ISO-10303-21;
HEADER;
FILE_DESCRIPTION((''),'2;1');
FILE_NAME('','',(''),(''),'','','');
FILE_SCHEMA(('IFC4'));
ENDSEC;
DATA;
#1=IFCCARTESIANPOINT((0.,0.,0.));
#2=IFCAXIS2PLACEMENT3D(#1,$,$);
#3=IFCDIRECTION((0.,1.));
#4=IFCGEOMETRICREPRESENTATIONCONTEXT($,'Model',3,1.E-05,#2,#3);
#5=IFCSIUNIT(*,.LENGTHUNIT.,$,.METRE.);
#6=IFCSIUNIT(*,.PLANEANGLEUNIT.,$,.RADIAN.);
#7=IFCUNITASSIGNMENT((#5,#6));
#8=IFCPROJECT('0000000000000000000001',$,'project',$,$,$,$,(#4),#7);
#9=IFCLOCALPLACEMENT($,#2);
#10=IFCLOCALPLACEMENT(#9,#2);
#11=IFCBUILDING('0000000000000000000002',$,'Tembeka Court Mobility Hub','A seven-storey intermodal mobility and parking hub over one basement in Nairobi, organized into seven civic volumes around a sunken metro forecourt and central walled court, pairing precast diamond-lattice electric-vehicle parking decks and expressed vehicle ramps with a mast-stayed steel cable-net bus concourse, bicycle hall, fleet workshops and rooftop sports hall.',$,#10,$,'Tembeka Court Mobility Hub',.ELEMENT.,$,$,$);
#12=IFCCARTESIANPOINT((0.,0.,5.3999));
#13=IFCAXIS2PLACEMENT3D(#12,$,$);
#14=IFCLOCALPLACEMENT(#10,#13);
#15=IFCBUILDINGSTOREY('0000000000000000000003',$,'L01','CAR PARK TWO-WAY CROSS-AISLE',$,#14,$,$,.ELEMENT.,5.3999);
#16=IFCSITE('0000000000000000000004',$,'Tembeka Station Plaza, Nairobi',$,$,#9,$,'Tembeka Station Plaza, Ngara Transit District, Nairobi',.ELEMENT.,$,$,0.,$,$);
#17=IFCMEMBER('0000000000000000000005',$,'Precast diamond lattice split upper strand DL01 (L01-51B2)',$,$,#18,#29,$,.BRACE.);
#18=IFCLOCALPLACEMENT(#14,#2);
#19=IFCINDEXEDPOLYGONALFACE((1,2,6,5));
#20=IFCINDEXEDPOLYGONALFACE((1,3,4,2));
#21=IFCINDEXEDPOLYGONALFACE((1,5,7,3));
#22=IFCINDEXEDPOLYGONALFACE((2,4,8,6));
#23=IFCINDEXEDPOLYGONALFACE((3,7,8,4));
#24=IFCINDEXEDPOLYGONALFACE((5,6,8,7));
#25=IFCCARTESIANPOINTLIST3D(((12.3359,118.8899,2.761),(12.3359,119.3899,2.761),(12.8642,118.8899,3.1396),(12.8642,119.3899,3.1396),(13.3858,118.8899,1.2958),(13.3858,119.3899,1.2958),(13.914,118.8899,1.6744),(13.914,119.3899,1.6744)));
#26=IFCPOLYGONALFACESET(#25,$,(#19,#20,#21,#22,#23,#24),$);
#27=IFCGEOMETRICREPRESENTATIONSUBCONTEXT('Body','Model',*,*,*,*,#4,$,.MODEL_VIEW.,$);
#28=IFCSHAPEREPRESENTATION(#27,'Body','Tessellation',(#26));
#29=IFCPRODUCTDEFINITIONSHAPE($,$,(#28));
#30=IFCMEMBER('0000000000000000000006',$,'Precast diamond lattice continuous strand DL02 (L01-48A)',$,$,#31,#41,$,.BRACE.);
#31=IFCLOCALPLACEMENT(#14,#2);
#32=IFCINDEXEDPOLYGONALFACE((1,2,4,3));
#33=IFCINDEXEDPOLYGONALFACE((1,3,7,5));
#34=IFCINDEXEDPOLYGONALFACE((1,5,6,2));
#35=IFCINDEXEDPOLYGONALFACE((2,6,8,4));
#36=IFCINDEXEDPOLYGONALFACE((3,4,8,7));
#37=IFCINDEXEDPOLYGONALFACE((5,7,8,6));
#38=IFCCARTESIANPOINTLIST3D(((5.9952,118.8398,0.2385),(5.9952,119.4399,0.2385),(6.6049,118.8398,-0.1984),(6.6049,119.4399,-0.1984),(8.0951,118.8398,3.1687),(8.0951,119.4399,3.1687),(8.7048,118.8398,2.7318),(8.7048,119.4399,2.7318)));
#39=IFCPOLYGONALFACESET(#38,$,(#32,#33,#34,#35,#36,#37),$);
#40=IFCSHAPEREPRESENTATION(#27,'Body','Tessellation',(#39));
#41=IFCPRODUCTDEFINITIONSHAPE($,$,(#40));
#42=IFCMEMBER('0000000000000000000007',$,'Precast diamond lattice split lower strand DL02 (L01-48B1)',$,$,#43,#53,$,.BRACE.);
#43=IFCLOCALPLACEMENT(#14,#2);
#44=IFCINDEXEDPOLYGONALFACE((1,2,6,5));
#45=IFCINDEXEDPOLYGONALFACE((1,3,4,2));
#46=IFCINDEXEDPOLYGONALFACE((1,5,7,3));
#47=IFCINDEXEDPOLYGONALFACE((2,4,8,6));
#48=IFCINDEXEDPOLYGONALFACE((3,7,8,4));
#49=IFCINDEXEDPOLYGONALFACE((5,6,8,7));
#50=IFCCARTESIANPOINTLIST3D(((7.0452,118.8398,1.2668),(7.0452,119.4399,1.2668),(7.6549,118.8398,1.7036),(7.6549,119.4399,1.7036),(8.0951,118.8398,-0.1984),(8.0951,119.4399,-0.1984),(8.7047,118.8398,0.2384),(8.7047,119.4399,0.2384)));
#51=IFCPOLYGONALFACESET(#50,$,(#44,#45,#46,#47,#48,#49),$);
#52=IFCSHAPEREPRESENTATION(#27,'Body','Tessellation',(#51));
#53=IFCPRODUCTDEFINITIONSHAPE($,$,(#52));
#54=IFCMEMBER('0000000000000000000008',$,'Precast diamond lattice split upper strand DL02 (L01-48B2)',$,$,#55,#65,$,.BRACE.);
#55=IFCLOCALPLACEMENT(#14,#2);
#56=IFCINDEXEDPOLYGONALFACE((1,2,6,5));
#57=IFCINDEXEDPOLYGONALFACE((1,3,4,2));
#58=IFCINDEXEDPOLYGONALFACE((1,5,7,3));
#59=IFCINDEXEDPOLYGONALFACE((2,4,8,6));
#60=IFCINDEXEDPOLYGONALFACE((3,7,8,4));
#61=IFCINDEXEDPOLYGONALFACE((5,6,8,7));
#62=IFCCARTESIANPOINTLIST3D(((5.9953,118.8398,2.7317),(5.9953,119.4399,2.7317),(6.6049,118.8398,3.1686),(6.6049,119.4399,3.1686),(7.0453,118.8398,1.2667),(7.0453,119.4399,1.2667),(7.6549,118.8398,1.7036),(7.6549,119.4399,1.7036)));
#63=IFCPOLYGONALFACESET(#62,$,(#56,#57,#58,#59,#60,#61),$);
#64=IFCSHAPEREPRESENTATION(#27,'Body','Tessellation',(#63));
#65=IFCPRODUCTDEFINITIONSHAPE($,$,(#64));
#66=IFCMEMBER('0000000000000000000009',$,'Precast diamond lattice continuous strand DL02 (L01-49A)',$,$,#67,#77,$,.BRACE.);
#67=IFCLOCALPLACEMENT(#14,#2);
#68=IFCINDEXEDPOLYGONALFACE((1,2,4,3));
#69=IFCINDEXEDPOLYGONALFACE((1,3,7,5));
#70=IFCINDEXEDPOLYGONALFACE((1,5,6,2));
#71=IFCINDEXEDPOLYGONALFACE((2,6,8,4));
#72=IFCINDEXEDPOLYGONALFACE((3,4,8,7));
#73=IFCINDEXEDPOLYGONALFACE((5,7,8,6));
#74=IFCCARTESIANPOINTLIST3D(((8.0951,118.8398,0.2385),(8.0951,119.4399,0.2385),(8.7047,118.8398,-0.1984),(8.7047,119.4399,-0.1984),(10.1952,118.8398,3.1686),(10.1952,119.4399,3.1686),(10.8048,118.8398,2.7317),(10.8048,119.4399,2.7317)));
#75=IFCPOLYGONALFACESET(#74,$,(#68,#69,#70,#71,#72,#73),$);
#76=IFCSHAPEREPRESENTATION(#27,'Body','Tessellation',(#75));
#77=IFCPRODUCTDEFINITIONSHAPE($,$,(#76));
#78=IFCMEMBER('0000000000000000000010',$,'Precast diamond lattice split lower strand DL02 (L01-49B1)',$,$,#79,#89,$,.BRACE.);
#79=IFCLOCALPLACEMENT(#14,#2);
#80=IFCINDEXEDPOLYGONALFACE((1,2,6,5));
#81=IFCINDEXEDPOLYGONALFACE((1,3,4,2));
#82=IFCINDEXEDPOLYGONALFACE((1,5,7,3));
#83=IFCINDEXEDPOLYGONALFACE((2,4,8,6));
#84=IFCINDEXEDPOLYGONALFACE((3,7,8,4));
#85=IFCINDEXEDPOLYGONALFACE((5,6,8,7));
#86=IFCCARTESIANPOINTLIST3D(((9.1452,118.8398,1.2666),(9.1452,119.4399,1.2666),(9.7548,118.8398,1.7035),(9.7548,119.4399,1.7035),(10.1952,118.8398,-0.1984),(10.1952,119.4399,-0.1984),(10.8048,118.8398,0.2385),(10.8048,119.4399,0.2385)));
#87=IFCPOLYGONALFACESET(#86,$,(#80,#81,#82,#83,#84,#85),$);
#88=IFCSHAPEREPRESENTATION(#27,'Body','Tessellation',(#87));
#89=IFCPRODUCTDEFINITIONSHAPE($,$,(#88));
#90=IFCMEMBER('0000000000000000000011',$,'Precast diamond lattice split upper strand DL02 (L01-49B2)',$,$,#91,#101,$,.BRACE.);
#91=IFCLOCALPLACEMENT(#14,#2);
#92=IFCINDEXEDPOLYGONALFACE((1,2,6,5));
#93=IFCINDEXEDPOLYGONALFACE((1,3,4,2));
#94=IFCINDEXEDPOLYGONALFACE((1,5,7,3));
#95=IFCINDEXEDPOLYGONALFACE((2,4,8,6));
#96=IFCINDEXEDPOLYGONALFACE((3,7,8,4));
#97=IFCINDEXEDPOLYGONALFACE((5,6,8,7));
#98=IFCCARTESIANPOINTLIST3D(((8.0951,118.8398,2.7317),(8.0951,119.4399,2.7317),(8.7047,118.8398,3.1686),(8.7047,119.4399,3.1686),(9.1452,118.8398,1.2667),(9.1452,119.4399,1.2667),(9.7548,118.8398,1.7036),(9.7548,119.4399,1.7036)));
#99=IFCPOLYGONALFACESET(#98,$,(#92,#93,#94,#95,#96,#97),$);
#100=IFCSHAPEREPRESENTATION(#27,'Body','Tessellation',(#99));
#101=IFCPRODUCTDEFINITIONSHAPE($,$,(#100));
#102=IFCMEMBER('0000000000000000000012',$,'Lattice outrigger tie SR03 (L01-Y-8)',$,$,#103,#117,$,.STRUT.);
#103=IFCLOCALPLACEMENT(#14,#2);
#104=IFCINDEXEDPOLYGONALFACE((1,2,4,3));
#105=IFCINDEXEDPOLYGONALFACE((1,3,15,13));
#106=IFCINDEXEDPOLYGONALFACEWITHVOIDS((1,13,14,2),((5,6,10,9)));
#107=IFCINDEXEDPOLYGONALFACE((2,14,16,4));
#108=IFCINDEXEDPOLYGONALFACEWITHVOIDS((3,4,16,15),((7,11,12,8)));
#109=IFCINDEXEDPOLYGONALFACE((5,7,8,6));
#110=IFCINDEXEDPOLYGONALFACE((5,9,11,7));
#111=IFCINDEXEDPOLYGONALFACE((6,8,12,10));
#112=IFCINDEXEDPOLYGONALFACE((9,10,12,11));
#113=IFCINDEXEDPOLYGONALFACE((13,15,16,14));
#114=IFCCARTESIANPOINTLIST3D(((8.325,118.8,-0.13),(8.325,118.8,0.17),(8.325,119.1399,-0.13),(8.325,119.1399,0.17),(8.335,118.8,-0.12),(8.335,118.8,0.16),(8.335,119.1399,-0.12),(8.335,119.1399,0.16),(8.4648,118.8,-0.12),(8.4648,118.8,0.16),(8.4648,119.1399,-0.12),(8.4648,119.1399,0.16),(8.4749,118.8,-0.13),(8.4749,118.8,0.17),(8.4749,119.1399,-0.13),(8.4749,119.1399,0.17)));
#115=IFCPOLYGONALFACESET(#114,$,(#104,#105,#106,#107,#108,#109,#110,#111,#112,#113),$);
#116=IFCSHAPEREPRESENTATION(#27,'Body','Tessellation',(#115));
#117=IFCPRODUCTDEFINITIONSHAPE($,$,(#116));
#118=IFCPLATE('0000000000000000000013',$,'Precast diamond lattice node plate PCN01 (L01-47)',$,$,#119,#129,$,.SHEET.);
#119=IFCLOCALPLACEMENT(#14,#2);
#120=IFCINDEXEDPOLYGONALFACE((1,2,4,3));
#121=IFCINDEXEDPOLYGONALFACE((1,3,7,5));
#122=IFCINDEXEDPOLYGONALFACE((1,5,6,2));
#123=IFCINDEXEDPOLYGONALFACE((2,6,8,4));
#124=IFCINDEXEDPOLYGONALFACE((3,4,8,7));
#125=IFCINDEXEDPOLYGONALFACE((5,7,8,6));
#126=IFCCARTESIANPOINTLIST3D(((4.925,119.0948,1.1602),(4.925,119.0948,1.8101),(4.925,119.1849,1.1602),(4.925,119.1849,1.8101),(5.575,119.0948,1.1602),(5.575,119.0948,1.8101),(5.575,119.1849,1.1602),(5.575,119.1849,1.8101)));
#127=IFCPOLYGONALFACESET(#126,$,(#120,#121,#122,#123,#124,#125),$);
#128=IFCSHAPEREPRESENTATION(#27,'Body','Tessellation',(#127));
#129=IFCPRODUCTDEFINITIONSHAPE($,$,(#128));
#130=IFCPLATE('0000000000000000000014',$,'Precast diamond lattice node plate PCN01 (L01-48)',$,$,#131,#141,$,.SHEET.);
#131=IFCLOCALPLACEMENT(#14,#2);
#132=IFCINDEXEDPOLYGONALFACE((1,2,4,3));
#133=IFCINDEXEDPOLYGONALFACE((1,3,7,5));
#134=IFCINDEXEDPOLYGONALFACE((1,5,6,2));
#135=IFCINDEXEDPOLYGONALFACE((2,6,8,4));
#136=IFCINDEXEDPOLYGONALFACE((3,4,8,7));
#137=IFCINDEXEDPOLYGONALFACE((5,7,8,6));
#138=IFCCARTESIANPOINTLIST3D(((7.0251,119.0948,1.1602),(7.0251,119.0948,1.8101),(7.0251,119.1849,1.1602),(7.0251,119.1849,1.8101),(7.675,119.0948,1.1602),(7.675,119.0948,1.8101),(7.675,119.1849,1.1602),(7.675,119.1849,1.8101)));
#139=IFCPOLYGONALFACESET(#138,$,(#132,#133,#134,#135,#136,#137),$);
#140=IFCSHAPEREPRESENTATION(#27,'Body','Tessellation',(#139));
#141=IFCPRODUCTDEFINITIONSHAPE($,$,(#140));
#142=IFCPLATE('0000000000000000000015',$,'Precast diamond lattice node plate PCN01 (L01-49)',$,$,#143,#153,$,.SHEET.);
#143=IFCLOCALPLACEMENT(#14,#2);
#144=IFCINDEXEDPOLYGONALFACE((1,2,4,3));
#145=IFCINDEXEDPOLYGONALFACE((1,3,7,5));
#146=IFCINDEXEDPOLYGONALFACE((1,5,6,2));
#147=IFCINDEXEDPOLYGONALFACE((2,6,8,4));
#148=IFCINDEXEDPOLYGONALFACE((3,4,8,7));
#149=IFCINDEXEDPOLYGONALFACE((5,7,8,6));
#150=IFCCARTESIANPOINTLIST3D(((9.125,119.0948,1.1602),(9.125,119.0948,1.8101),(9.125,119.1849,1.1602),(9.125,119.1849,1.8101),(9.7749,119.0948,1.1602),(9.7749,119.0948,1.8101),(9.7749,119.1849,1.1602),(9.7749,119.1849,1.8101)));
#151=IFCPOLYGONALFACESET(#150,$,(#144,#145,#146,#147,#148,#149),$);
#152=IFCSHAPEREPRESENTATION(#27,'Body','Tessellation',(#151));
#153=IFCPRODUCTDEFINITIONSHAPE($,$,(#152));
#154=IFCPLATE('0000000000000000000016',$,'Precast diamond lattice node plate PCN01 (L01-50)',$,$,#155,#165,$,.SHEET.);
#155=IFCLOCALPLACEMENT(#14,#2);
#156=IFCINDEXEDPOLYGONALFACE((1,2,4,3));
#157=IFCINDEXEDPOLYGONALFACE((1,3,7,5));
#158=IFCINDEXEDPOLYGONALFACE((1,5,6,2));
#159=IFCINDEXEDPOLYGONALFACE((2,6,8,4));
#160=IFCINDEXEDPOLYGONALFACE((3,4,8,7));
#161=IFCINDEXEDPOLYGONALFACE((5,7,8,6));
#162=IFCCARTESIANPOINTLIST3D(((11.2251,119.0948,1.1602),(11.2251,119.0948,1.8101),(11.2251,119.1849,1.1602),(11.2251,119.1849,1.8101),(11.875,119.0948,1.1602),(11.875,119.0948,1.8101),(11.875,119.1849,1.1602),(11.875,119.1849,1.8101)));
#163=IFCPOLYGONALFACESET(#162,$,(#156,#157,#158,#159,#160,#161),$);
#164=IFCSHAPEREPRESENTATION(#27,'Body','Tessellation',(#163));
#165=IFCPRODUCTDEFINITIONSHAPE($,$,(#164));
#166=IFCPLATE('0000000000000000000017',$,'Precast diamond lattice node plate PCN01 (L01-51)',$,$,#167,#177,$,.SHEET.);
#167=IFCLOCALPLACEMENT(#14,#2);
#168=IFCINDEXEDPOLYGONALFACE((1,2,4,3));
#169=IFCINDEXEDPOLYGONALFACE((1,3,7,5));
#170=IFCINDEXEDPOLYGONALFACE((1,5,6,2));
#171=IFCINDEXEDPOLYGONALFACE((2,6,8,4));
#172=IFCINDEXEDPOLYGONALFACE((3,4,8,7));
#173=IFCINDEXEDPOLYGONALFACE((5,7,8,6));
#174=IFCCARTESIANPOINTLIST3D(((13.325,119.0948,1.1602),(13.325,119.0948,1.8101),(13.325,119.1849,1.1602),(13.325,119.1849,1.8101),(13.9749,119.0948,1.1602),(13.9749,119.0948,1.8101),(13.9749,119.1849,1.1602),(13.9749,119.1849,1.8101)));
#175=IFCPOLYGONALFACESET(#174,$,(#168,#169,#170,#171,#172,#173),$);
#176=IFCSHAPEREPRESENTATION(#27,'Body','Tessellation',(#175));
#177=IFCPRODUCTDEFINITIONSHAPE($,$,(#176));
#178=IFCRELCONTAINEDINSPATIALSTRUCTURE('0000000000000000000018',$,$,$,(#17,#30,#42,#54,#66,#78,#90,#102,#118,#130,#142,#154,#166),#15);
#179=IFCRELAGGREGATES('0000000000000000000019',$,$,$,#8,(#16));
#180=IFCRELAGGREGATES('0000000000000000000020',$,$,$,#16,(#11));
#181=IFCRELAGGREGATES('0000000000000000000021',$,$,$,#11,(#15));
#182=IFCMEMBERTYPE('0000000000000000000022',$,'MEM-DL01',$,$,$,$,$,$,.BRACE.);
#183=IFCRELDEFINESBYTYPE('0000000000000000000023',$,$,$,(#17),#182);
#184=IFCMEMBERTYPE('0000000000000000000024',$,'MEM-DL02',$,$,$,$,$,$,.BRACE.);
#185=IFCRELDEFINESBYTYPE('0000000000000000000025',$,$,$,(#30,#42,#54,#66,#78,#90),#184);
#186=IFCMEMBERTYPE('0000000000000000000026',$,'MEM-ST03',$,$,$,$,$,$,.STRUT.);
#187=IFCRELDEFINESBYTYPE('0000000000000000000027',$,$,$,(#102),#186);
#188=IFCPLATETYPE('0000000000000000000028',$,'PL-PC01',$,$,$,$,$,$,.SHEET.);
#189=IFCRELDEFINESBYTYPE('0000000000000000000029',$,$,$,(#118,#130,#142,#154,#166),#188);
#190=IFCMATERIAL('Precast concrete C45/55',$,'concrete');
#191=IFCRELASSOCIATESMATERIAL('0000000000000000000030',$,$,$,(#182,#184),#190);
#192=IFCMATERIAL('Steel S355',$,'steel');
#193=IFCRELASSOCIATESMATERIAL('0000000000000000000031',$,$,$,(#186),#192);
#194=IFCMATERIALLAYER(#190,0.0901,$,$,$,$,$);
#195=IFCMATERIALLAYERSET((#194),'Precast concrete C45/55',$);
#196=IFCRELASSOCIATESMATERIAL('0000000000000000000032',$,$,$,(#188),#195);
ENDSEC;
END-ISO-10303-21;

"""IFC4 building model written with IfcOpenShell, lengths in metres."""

from ifc_helpers import new_model, si_unit, direction, frame, origin, origin_2d, place, context, subcontext, project, spatial, rectangle, hollow_rectangle, extrude, material, layer, layer_set, material_profile, profile_set, type_object, element, save


model = new_model("IFC4")

# Units and contexts
model_context = context("Model", 3, precision=1e-05, world=origin(), true_north=direction((0.0, 1.0)))
body_context = subcontext(model_context, "Body", "Model", "MODEL_VIEW")
ifc_project = project(units=[si_unit("LENGTHUNIT", "METRE"), si_unit("PLANEANGLEUNIT", "RADIAN")], contexts=[model_context])

# Site, building, storey
site_placement = place(None, origin())
site = spatial("IfcSite", under=ifc_project, at=site_placement, Name="Tembeka Station Plaza, Nairobi", LongName="Tembeka Station Plaza, Ngara Transit District, Nairobi", CompositionType="ELEMENT", RefElevation=0.0)
building_placement = place(site_placement, origin())
building = spatial("IfcBuilding", under=site, at=building_placement, Name="Tembeka Court Mobility Hub", Description="A seven-storey intermodal mobility and parking hub over one basement in Nairobi, organized into seven civic volumes around a sunken metro forecourt and central walled court, pairing precast diamond-lattice electric-vehicle parking decks and expressed vehicle ramps with a mast-stayed steel cable-net bus concourse, bicycle hall, fleet workshops and rooftop sports hall.", LongName="Tembeka Court Mobility Hub", CompositionType="ELEMENT")
storey_placement = place(building_placement, frame((0.0, 0.0, 5.3999)))
storey = spatial("IfcBuildingStorey", under=building, at=storey_placement, Name="L01", Description="CAR PARK TWO-WAY CROSS-AISLE", CompositionType="ELEMENT", Elevation=5.3999)

# Shared definitions
ifc_material_1 = material(Name="Steel S355", Category="steel")

# Shared definitions
ifc_material_2 = material(Name="Precast concrete C45/55", Category="concrete")

# Members
ifc_material_profile_1 = material_profile(ifc_material_2, rectangle(XDim=0.5, YDim=0.6499, at=origin_2d()), Name="PC-DIAG 500x650")
ifc_profile_set_1 = profile_set([ifc_material_profile_1], Name="Precast concrete C45/55")
member_type_1 = type_object("IfcMemberType", Name="MEM-DL01", PredefinedType="BRACE", material=ifc_profile_set_1)
for number, where, z_axis, x_axis, name in (
    (1, (13.6499, 119.1399, 1.4851), (-0.582455, 0.0, 0.812863), (0.0, -1.0, 0.0), "Precast diamond lattice split upper strand DL01 (L01-51B2)"),
):
    element("IfcMember", number, at=place(storey_placement, frame(where, z_axis=z_axis, x_axis=x_axis)), inside=storey, type_object=member_type_1, Name=name, PredefinedType="BRACE", context=body_context, shape_type="SweptSolid", body=[
        extrude(rectangle(XDim=0.5, YDim=0.6499, at=origin_2d()), origin(), (0.0, 0.0, 1.0), 1.8025),
    ])
ifc_material_profile_2 = material_profile(ifc_material_2, rectangle(XDim=0.6001, YDim=0.75, at=origin_2d()), Name="PC-DIAG 600x750")
ifc_profile_set_2 = profile_set([ifc_material_profile_2], Name="Precast concrete C45/55")
member_type_2 = type_object("IfcMemberType", Name="MEM-DL02", PredefinedType="BRACE", material=ifc_profile_set_2)
member_1_placement = place(storey_placement, frame((6.3, 119.1399, 0.02), z_axis=(0.5825, 0.0, 0.812831), x_axis=(0.0, 1.0, 0.0)))
element("IfcMember", 2, at=member_1_placement, inside=storey, type_object=member_type_2, Name="Precast diamond lattice continuous strand DL02 (L01-48A)", PredefinedType="BRACE", context=body_context, shape_type="SweptSolid", body=[
    extrude(rectangle(XDim=0.6001, YDim=0.75, at=origin_2d()), origin(), (0.0, 0.0, 1.0), 3.605),
])
for number, where, z_axis, x_axis, name in (
    (3, (8.3999, 119.1399, 0.02), (-0.582455, 0.0, 0.812863), (0.0, -1.0, 0.0), "Precast diamond lattice split lower strand DL02 (L01-48B1)"),
    (4, (7.3501, 119.1399, 1.4851), (-0.582544, 0.0, 0.812799), (0.0, -1.0, 0.0), "Precast diamond lattice split upper strand DL02 (L01-48B2)"),
):
    element("IfcMember", number, at=place(storey_placement, frame(where, z_axis=z_axis, x_axis=x_axis)), inside=storey, type_object=member_type_2, Name=name, PredefinedType="BRACE", context=body_context, shape_type="SweptSolid", body=[
        extrude(rectangle(XDim=0.6001, YDim=0.75, at=origin_2d()), origin(), (0.0, 0.0, 1.0), 1.8025),
    ])
member_2_placement = place(storey_placement, frame((8.3999, 119.1399, 0.02), z_axis=(0.582544, 0.0, 0.812799), x_axis=(0.0, 1.0, 0.0)))
element("IfcMember", 5, at=member_2_placement, inside=storey, type_object=member_type_2, Name="Precast diamond lattice continuous strand DL02 (L01-49A)", PredefinedType="BRACE", context=body_context, shape_type="SweptSolid", body=[
    extrude(rectangle(XDim=0.6001, YDim=0.75, at=origin_2d()), origin(), (0.0, 0.0, 1.0), 3.605),
])
for number, where, z_axis, x_axis, name in (
    (6, (10.5, 119.1399, 0.02), (-0.582544, 0.0, 0.812799), (0.0, -1.0, 0.0), "Precast diamond lattice split lower strand DL02 (L01-49B1)"),
    (7, (9.45, 119.1399, 1.4851), (-0.582544, 0.0, 0.812799), (0.0, -1.0, 0.0), "Precast diamond lattice split upper strand DL02 (L01-49B2)"),
):
    element("IfcMember", number, at=place(storey_placement, frame(where, z_axis=z_axis, x_axis=x_axis)), inside=storey, type_object=member_type_2, Name=name, PredefinedType="BRACE", context=body_context, shape_type="SweptSolid", body=[
        extrude(rectangle(XDim=0.6001, YDim=0.75, at=origin_2d()), origin(), (0.0, 0.0, 1.0), 1.8025),
    ])
ifc_material_profile_3 = material_profile(ifc_material_1, hollow_rectangle(XDim=0.1499, YDim=0.3, WallThickness=0.01, at=origin_2d()), Name="RHS 300x150x10")
ifc_profile_set_3 = profile_set([ifc_material_profile_3], Name="Steel S355")
member_type_3 = type_object("IfcMemberType", Name="MEM-ST03", PredefinedType="STRUT", material=ifc_profile_set_3)
member_3_placement = place(storey_placement, frame((8.3999, 118.8, 0.02), z_axis=(0.0, 1.0, 0.0), x_axis=(-1.0, 0.0, 0.0)))
element("IfcMember", 8, at=member_3_placement, inside=storey, type_object=member_type_3, Name="Lattice outrigger tie SR03 (L01-Y-8)", PredefinedType="STRUT", context=body_context, shape_type="SweptSolid", body=[
    extrude(hollow_rectangle(XDim=0.1499, YDim=0.3, WallThickness=0.01, at=origin_2d()), origin(), (0.0, 0.0, 1.0), 0.3398),
])

# Plates
ifc_layer = layer(ifc_material_2, 0.0901)
ifc_layer_set = layer_set([ifc_layer], Name="Precast concrete C45/55")
plate_type = type_object("IfcPlateType", Name="PL-PC01", PredefinedType="SHEET", material=ifc_layer_set)
for number, where, z_axis, x_axis, name in (
    (9, (5.25, 119.1399, 1.1602), (0.0, 0.0, 1.0), (1.0, 0.0, 0.0), "Precast diamond lattice node plate PCN01 (L01-47)"),
    (10, (7.3501, 119.1399, 1.1602), (0.0, 0.0, 1.0), (1.0, 0.0, 0.0), "Precast diamond lattice node plate PCN01 (L01-48)"),
    (11, (9.45, 119.1399, 1.1602), (0.0, 0.0, 1.0), (1.0, 0.0, 0.0), "Precast diamond lattice node plate PCN01 (L01-49)"),
    (12, (11.55, 119.1399, 1.1602), (0.0, 0.0, 1.0), (1.0, 0.0, 0.0), "Precast diamond lattice node plate PCN01 (L01-50)"),
    (13, (13.6499, 119.1399, 1.1602), (0.0, 0.0, 1.0), (1.0, 0.0, 0.0), "Precast diamond lattice node plate PCN01 (L01-51)"),
):
    element("IfcPlate", number, at=place(storey_placement, frame(where, z_axis=z_axis, x_axis=x_axis)), inside=storey, type_object=plate_type, Name=name, PredefinedType="SHEET", context=body_context, shape_type="SweptSolid", body=[
        extrude(rectangle(XDim=0.6499, YDim=0.0901, at=origin_2d()), origin(), (0.0, 0.0, 1.0), 0.6499),
    ])

save(model, "model.ifc")
